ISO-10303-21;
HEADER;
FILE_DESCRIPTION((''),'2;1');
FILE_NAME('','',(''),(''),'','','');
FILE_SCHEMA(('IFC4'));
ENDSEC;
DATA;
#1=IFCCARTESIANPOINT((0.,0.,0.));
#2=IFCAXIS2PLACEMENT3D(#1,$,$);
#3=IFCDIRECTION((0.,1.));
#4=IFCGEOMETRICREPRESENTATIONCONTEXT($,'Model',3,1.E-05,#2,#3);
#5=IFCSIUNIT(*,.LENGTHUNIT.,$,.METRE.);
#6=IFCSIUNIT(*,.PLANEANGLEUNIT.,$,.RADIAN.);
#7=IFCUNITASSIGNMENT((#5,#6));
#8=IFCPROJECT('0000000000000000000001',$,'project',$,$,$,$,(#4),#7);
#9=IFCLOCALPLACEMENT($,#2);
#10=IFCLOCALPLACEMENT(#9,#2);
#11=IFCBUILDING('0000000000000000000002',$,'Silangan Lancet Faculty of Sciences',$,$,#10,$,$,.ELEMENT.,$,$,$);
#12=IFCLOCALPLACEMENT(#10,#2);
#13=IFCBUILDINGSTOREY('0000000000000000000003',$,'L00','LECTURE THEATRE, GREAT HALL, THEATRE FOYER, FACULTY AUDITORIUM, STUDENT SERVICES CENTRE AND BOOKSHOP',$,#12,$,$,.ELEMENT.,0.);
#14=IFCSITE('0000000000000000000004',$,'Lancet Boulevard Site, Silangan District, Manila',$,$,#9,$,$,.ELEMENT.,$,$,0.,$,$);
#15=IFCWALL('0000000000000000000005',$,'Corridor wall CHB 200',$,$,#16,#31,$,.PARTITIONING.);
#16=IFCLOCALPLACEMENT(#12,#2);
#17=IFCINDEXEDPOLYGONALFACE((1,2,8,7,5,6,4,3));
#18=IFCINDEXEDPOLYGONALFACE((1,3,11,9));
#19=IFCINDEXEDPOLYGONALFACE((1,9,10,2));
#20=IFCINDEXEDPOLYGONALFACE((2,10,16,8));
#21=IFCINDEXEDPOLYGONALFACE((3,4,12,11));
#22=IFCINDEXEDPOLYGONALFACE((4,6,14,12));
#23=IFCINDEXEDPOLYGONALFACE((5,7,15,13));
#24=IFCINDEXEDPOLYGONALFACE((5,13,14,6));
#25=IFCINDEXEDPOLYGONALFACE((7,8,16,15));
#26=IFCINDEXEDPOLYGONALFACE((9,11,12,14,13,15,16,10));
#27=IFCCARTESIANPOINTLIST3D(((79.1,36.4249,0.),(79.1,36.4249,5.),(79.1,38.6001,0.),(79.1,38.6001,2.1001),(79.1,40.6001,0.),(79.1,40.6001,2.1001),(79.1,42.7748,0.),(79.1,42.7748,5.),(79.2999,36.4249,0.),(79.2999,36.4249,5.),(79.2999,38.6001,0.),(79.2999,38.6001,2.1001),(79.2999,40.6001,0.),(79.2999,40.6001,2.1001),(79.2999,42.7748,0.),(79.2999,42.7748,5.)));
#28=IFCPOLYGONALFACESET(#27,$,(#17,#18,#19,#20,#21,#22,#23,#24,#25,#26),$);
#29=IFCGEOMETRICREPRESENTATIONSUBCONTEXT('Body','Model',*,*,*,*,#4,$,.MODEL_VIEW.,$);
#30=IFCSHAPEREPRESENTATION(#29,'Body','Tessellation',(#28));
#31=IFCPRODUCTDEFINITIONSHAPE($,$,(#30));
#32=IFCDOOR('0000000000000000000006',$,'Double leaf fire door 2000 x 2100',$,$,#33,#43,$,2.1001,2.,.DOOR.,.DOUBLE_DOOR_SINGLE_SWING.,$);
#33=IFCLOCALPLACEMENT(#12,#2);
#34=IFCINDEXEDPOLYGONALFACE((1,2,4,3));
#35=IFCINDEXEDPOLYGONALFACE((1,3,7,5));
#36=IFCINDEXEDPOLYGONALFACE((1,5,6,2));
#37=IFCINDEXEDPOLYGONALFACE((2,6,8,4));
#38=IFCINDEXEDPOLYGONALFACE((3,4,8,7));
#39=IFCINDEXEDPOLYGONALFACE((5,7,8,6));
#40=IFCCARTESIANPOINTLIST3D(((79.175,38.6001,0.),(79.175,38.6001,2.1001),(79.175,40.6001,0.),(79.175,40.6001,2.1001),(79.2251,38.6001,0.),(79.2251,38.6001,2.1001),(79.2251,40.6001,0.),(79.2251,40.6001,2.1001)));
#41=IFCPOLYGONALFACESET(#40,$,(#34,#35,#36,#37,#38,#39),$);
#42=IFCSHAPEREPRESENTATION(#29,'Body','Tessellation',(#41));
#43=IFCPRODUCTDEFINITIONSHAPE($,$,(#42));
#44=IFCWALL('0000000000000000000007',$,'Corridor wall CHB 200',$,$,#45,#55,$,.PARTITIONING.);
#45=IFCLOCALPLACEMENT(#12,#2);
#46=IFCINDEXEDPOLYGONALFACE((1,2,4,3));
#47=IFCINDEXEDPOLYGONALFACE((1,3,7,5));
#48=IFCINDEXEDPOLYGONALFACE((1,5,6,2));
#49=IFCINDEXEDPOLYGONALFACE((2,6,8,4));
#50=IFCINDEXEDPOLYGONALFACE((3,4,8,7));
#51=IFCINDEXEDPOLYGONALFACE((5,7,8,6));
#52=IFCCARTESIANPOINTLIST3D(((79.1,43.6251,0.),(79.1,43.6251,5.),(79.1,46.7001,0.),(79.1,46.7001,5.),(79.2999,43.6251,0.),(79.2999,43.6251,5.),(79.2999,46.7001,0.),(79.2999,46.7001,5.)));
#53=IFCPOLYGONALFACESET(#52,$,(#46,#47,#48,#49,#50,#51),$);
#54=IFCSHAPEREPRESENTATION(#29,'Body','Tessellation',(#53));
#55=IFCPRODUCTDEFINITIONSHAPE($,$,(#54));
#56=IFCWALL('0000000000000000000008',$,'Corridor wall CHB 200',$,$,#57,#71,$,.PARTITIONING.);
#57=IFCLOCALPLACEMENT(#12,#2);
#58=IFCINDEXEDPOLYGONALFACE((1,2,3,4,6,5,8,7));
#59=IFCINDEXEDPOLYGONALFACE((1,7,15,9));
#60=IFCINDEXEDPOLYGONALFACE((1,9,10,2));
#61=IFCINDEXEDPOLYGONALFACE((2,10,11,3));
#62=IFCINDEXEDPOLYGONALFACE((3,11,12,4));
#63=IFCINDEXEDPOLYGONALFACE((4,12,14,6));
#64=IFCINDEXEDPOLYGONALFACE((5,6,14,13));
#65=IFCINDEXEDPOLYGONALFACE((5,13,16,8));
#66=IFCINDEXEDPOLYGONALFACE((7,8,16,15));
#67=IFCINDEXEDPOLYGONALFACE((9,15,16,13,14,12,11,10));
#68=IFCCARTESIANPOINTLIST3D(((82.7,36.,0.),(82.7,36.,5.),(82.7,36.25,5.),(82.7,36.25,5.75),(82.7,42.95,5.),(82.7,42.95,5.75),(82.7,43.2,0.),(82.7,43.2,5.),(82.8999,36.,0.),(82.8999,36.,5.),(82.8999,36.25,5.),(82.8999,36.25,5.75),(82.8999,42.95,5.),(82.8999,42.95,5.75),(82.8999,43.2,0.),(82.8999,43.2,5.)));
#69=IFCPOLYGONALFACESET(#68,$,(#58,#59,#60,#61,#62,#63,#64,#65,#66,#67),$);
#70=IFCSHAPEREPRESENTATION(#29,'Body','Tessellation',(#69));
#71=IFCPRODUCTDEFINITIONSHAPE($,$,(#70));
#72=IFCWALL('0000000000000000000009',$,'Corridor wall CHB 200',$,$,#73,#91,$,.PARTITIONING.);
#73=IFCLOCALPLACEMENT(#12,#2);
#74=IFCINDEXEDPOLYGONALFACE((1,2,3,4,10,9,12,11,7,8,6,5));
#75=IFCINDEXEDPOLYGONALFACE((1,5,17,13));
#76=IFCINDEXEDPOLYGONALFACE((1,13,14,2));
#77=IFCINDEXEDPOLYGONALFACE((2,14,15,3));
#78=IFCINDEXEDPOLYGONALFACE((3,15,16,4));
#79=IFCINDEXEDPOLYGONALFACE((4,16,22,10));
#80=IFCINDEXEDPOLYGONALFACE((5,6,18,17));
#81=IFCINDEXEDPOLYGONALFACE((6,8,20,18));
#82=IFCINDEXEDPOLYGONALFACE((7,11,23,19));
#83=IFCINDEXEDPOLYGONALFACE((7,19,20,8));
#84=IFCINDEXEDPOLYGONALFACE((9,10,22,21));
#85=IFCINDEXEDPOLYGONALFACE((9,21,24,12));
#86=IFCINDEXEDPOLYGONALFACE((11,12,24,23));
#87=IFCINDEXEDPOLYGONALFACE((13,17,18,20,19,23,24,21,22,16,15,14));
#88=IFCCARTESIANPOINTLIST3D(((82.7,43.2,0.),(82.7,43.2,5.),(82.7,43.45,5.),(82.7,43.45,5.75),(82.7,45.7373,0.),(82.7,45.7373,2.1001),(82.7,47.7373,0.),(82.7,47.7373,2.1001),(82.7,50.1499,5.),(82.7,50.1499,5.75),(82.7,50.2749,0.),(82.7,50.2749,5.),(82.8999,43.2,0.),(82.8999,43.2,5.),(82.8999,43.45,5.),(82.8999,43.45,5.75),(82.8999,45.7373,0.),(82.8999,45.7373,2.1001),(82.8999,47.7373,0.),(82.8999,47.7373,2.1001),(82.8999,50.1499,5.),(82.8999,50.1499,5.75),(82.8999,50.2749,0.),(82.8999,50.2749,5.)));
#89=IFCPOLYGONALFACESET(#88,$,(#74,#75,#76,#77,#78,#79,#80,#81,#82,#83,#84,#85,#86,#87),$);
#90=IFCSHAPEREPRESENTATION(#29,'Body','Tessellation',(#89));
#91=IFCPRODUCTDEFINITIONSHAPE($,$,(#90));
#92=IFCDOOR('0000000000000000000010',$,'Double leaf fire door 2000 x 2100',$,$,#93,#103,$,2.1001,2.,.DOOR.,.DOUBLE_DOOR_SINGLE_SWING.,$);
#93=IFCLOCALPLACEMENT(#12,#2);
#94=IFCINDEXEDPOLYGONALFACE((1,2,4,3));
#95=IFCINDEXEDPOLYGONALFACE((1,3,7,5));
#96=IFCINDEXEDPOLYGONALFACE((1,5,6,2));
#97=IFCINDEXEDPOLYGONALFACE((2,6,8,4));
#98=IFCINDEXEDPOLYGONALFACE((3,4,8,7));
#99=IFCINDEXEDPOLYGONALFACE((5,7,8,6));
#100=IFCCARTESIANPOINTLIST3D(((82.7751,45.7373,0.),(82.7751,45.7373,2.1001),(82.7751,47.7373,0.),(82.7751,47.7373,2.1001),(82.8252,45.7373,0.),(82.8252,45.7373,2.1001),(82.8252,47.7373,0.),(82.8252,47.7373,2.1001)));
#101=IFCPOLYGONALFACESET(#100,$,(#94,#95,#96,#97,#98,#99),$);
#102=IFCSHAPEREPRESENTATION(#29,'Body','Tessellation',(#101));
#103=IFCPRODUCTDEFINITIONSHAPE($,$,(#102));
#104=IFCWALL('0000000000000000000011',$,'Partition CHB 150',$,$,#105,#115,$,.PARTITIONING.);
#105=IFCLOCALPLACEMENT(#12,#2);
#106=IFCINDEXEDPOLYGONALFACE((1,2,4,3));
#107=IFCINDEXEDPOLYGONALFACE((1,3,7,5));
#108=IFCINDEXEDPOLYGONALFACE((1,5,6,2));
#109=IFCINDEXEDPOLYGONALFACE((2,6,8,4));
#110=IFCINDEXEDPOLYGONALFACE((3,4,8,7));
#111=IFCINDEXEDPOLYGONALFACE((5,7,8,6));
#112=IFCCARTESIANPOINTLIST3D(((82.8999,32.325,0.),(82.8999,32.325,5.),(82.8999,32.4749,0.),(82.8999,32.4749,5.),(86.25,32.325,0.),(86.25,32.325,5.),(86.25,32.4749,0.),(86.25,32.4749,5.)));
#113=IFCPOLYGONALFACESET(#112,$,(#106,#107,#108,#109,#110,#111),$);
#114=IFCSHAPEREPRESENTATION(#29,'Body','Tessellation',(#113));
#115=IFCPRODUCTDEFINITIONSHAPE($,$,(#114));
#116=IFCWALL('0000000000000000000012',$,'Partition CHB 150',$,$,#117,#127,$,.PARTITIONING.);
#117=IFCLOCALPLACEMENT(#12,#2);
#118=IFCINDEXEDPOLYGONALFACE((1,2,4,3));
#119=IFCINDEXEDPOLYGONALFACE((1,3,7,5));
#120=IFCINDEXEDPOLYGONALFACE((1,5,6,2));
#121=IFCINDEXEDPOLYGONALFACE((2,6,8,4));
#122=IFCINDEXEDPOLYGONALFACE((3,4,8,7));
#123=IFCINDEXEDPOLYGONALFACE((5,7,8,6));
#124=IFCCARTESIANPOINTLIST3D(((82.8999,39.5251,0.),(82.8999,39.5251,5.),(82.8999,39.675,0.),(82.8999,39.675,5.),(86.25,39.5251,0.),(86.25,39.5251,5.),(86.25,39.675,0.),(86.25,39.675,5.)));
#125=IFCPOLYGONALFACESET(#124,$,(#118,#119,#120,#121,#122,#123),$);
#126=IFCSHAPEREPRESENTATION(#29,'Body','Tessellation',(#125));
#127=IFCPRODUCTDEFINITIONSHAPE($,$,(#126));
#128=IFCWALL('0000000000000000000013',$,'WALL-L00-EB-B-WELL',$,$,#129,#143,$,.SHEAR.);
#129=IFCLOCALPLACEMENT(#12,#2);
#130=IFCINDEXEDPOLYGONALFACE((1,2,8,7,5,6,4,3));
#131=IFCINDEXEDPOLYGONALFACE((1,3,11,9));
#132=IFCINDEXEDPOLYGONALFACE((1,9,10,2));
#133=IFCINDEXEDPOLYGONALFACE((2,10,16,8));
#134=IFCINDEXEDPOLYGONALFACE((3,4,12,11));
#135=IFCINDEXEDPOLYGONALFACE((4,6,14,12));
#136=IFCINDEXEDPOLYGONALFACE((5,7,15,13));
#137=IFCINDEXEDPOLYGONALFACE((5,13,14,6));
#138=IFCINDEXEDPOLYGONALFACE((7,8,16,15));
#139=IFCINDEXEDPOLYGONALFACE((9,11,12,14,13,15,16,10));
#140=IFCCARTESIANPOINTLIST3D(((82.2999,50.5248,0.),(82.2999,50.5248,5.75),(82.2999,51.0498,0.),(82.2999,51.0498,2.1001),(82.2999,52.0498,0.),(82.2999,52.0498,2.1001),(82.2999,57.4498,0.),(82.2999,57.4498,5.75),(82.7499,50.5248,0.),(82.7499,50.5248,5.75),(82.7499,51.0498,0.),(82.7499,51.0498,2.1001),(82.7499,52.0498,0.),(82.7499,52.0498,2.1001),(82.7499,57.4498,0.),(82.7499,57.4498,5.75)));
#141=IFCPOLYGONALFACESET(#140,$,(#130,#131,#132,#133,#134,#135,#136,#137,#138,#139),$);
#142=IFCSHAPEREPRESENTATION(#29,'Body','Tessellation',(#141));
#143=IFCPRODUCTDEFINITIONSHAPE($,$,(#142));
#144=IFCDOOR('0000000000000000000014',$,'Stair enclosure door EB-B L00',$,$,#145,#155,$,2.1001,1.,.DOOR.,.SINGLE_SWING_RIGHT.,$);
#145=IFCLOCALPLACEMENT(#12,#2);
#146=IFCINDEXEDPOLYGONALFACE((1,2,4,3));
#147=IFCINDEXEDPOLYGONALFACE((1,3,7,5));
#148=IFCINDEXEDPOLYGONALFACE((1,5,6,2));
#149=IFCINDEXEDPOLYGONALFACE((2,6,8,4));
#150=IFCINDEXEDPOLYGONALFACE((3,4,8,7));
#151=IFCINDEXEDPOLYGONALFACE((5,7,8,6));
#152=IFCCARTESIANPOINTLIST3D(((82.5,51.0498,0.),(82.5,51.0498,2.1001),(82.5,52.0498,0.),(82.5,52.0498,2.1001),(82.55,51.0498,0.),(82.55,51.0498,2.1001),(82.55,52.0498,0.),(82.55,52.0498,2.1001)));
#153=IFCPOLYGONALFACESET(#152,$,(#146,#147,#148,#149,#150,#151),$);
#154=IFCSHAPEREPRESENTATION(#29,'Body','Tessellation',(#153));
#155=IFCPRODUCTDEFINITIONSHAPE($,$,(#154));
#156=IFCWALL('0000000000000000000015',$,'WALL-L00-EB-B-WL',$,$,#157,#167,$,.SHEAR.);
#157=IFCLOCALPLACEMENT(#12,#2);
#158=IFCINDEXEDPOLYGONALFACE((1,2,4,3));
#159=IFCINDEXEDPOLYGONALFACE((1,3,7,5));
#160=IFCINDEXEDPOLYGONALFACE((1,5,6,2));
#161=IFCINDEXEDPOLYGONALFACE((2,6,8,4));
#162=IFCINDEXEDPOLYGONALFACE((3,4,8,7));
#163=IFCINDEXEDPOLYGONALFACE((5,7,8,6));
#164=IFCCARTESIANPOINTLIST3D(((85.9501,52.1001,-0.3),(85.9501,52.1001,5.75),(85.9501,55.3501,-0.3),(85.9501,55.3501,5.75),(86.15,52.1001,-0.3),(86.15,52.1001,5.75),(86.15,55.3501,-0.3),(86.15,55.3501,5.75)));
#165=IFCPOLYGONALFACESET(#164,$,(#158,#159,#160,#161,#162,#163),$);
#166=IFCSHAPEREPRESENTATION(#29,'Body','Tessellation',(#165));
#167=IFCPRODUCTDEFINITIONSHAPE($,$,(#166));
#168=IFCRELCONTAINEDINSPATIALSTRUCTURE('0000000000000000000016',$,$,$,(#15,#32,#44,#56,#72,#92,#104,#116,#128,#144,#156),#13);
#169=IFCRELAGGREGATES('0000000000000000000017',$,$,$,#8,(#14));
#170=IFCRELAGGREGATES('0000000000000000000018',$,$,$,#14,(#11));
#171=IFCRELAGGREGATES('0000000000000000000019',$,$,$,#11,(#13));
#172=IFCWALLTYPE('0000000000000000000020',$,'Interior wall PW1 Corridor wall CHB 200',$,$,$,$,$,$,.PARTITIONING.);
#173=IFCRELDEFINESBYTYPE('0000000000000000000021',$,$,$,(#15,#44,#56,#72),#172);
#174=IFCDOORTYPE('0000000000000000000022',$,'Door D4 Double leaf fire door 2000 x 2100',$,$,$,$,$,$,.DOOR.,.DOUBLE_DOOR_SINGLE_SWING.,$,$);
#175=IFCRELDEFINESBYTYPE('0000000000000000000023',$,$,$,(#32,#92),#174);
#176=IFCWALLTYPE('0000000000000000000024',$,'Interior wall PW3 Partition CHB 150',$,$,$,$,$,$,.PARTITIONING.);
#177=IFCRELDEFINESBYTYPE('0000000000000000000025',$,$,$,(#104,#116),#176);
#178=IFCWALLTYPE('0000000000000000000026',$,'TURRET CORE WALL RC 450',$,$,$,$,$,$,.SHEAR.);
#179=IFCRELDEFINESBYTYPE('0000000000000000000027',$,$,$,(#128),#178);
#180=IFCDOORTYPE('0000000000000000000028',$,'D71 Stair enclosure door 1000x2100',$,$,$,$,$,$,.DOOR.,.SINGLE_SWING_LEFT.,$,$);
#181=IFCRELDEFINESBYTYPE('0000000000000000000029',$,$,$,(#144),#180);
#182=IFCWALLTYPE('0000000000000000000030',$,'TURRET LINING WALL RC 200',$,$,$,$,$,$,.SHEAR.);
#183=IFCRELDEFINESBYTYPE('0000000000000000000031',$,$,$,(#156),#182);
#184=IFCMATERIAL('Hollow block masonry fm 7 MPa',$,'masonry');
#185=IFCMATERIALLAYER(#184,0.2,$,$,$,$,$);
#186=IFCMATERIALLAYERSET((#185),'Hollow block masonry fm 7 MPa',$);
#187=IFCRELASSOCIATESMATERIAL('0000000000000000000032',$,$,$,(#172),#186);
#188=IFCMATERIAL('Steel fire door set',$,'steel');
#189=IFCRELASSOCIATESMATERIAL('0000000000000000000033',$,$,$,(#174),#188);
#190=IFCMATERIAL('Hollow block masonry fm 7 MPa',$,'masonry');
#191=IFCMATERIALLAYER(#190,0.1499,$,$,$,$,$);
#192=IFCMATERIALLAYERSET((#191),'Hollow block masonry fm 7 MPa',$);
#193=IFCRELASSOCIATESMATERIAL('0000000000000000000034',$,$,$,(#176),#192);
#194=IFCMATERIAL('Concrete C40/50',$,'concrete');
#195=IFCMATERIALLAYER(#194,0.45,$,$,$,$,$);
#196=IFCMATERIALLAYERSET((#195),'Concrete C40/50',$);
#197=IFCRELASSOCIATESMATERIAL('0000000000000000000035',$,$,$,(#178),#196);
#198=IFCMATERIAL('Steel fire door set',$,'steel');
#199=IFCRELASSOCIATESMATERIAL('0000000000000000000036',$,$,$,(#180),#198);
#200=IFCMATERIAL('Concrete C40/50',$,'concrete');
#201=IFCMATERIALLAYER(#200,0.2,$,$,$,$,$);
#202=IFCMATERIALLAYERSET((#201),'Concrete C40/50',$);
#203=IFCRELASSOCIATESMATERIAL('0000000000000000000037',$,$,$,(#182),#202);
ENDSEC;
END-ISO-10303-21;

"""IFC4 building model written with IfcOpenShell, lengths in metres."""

from ifc_helpers import new_model, si_unit, direction, frame, frame_2d, origin, place, context, subcontext, project, spatial, polyline, rectangle, outline, extrude, material, layer, layer_set, type_object, element, fill, save


model = new_model("IFC4")

# Units and contexts
model_context = context("Model", 3, precision=1e-05, world=origin(), true_north=direction((0.0, 1.0)))
body_context = subcontext(model_context, "Body", "Model", "MODEL_VIEW")
ifc_project = project(units=[si_unit("LENGTHUNIT", "METRE"), si_unit("PLANEANGLEUNIT", "RADIAN")], contexts=[model_context])

# Site, building, storey
site_placement = place(None, origin())
site = spatial("IfcSite", under=ifc_project, at=site_placement, Name="Lancet Boulevard Site, Silangan District, Manila", CompositionType="ELEMENT", RefElevation=0.0)
building_placement = place(site_placement, origin())
building = spatial("IfcBuilding", under=site, at=building_placement, Name="Silangan Lancet Faculty of Sciences", CompositionType="ELEMENT")
storey_placement = place(building_placement, origin())
storey = spatial("IfcBuildingStorey", under=building, at=storey_placement, Name="L00", Description="LECTURE THEATRE, GREAT HALL, THEATRE FOYER, FACULTY AUDITORIUM, STUDENT SERVICES CENTRE AND BOOKSHOP", CompositionType="ELEMENT", Elevation=0.0)

# Wall, opening, door
ifc_material_1 = material(Name="Hollow block masonry fm 7 MPa", Category="masonry")
ifc_layer_1 = layer(ifc_material_1, 0.2)
ifc_layer_set_1 = layer_set([ifc_layer_1], Name="Hollow block masonry fm 7 MPa")
wall_type_1 = type_object("IfcWallType", Name="Interior wall PW1 Corridor wall CHB 200", PredefinedType="PARTITIONING", material=ifc_layer_set_1)
wall_1_placement = place(storey_placement, frame((79.2, 36.425, 0.0), z_axis=(0.0, 0.0, 1.0), x_axis=(0.0, 1.0, 0.0)))
wall_1 = element("IfcWall", 1, at=wall_1_placement, inside=storey, type_object=wall_type_1, Name="Corridor wall CHB 200", PredefinedType="PARTITIONING", context=body_context, shape_type="SweptSolid", body=[
    extrude(rectangle(XDim=6.3499, YDim=0.2, at=frame_2d((3.1748, 0.0))), origin(), (0.0, 0.0, 1.0), 5.0),
])
opening_1_placement = place(wall_1_placement, frame((2.175, 0.0, 0.0)))
opening_1 = element("IfcOpeningElement", 2, at=opening_1_placement, cuts=wall_1, PredefinedType="OPENING", context=body_context, shape_type="SweptSolid", body=[
    extrude(rectangle(XDim=2.0, YDim=2.1001, at=frame_2d((1.0, 1.05))), frame((0.0, 0.1099, 0.0), z_axis=(0.0, -1.0, 0.0), x_axis=(1.0, 0.0, 0.0)), (0.0, 0.0, 1.0), 0.22),
])
ifc_material_2 = material(Name="Steel fire door set", Category="steel")
door_type_1 = type_object("IfcDoorType", Name="Door D4 Double leaf fire door 2000 x 2100", OperationType="DOUBLE_DOOR_SINGLE_SWING", PredefinedType="DOOR", material=ifc_material_2)
door_1_placement = place(opening_1_placement, origin())
door_1 = element("IfcDoor", 3, at=door_1_placement, inside=storey, type_object=door_type_1, Name="Double leaf fire door 2000 x 2100", OperationType="DOUBLE_DOOR_SINGLE_SWING", OverallHeight=2.1001, OverallWidth=2.0, PredefinedType="DOOR", context=body_context, shape_type="SweptSolid", body=[
    extrude(rectangle(XDim=2.0, YDim=2.1001, at=frame_2d((1.0, 1.05))), frame((0.0, 0.0249, 0.0), z_axis=(0.0, -1.0, 0.0), x_axis=(1.0, 0.0, 0.0)), (0.0, 0.0, 1.0), 0.05),
])
fill(opening_1, door_1)

# Walls
wall_2_placement = place(storey_placement, frame((79.2, 43.625, 0.0), z_axis=(0.0, 0.0, 1.0), x_axis=(0.0, 1.0, 0.0)))
element("IfcWall", 4, at=wall_2_placement, inside=storey, type_object=wall_type_1, Name="Corridor wall CHB 200", PredefinedType="PARTITIONING", context=body_context, shape_type="SweptSolid", body=[
    extrude(rectangle(XDim=3.075, YDim=0.2, at=frame_2d((1.5376, 0.0))), origin(), (0.0, 0.0, 1.0), 5.0),
])
wall_3_placement = place(storey_placement, frame((82.8, 36.0, 0.0), z_axis=(0.0, 0.0, 1.0), x_axis=(0.0, 1.0, 0.0)))
element("IfcWall", 5, at=wall_3_placement, inside=storey, type_object=wall_type_1, Name="Corridor wall CHB 200", PredefinedType="PARTITIONING", context=body_context, shape_type="SweptSolid", body=[
    extrude(outline(polyline([(0.0, 0.0), (7.2, 0.0), (7.2, 5.0), (6.95, 5.0), (6.95, 5.75), (0.25, 5.75), (0.25, 5.0), (0.0, 5.0), (0.0, 0.0)])), frame((0.0, 0.1001, 0.0), z_axis=(0.0, -1.0, 0.0), x_axis=(1.0, 0.0, 0.0)), (0.0, 0.0, 1.0), 0.2),
])

# Wall, opening, door
wall_4_placement = place(storey_placement, frame((82.8, 43.2, 0.0), z_axis=(0.0, 0.0, 1.0), x_axis=(0.0, 1.0, 0.0)))
wall_4 = element("IfcWall", 6, at=wall_4_placement, inside=storey, type_object=wall_type_1, Name="Corridor wall CHB 200", PredefinedType="PARTITIONING", context=body_context, shape_type="SweptSolid", body=[
    extrude(outline(polyline([(0.0, 0.0), (7.075, 0.0), (7.075, 5.0), (6.95, 5.0), (6.95, 5.75), (0.25, 5.75), (0.25, 5.0), (0.0, 5.0), (0.0, 0.0)])), frame((0.0, 0.1001, 0.0), z_axis=(0.0, -1.0, 0.0), x_axis=(1.0, 0.0, 0.0)), (0.0, 0.0, 1.0), 0.2),
])
opening_2_placement = place(wall_4_placement, frame((2.5374, 0.0, 0.0)))
opening_2 = element("IfcOpeningElement", 7, at=opening_2_placement, cuts=wall_4, PredefinedType="OPENING", context=body_context, shape_type="SweptSolid", body=[
    extrude(rectangle(XDim=2.0, YDim=2.1001, at=frame_2d((1.0, 1.05))), frame((0.0, 0.1099, 0.0), z_axis=(0.0, -1.0, 0.0), x_axis=(1.0, 0.0, 0.0)), (0.0, 0.0, 1.0), 0.22),
])
door_2_placement = place(opening_2_placement, origin())
door_2 = element("IfcDoor", 8, at=door_2_placement, inside=storey, type_object=door_type_1, Name="Double leaf fire door 2000 x 2100", OperationType="DOUBLE_DOOR_SINGLE_SWING", OverallHeight=2.1001, OverallWidth=2.0, PredefinedType="DOOR", context=body_context, shape_type="SweptSolid", body=[
    extrude(rectangle(XDim=2.0, YDim=2.1001, at=frame_2d((1.0, 1.05))), frame((0.0, 0.0249, 0.0), z_axis=(0.0, -1.0, 0.0), x_axis=(1.0, 0.0, 0.0)), (0.0, 0.0, 1.0), 0.05),
])
fill(opening_2, door_2)

# Walls
ifc_material_3 = material(Name="Hollow block masonry fm 7 MPa", Category="masonry")
ifc_layer_2 = layer(ifc_material_3, 0.1499)
ifc_layer_set_2 = layer_set([ifc_layer_2], Name="Hollow block masonry fm 7 MPa")
wall_type_2 = type_object("IfcWallType", Name="Interior wall PW3 Partition CHB 150", PredefinedType="PARTITIONING", material=ifc_layer_set_2)
for number, where, z_axis, x_axis, name in (
    (9, (82.8999, 32.3999, 0.0), (0.0, 0.0, 1.0), (1.0, 0.0, 0.0), "Partition CHB 150"),
    (10, (82.8999, 39.6001, 0.0), (0.0, 0.0, 1.0), (1.0, 0.0, 0.0), "Partition CHB 150"),
):
    element("IfcWall", number, at=place(storey_placement, frame(where, z_axis=z_axis, x_axis=x_axis)), inside=storey, type_object=wall_type_2, Name=name, PredefinedType="PARTITIONING", context=body_context, shape_type="SweptSolid", body=[
        extrude(rectangle(XDim=3.3501, YDim=0.1499, at=frame_2d((1.675, 0.0))), origin(), (0.0, 0.0, 1.0), 5.0),
    ])

# Wall, opening, door
ifc_material_4 = material(Name="Concrete C40/50", Category="concrete")
ifc_layer_3 = layer(ifc_material_4, 0.45)
ifc_layer_set_3 = layer_set([ifc_layer_3], Name="Concrete C40/50")
wall_type_3 = type_object("IfcWallType", Name="TURRET CORE WALL RC 450", PredefinedType="SHEAR", material=ifc_layer_set_3)
wall_5_placement = place(storey_placement, frame((82.5249, 50.5249, 0.0), z_axis=(0.0, 0.0, 1.0), x_axis=(0.0, 1.0, 0.0)))
wall_5 = element("IfcWall", 11, at=wall_5_placement, inside=storey, type_object=wall_type_3, Name="WALL-L00-EB-B-WELL", PredefinedType="SHEAR", context=body_context, shape_type="SweptSolid", body=[
    extrude(rectangle(XDim=6.925, YDim=0.45, at=frame_2d((3.4624, 0.0))), origin(), (0.0, 0.0, 1.0), 5.75),
])
opening_3_placement = place(wall_5_placement, frame((0.5249, 0.0, 0.0)))
opening_3 = element("IfcOpeningElement", 12, at=opening_3_placement, cuts=wall_5, PredefinedType="OPENING", context=body_context, shape_type="SweptSolid", body=[
    extrude(rectangle(XDim=1.0, YDim=2.1001, at=frame_2d((0.5, 1.05))), frame((0.0, 0.2349, 0.0), z_axis=(0.0, -1.0, 0.0), x_axis=(1.0, 0.0, 0.0)), (0.0, 0.0, 1.0), 0.47),
])
ifc_material_5 = material(Name="Steel fire door set", Category="steel")
door_type_2 = type_object("IfcDoorType", Name="D71 Stair enclosure door 1000x2100", OperationType="SINGLE_SWING_LEFT", PredefinedType="DOOR", material=ifc_material_5)
door_3_placement = place(opening_3_placement, frame((1.0, 0.0, 0.0), z_axis=(0.0, 0.0, 1.0), x_axis=(-1.0, 0.0, 0.0)))
door_3 = element("IfcDoor", 13, at=door_3_placement, inside=storey, type_object=door_type_2, Name="Stair enclosure door EB-B L00", OperationType="SINGLE_SWING_RIGHT", OverallHeight=2.1001, OverallWidth=1.0, PredefinedType="DOOR", context=body_context, shape_type="SweptSolid", body=[
    extrude(rectangle(XDim=1.0, YDim=2.1001, at=frame_2d((0.5, 1.05))), frame((0.0, 0.0251, 0.0), z_axis=(0.0, -1.0, 0.0), x_axis=(1.0, 0.0, 0.0)), (0.0, 0.0, 1.0), 0.05),
])
fill(opening_3, door_3)

# Wall
ifc_material_6 = material(Name="Concrete C40/50", Category="concrete")
ifc_layer_4 = layer(ifc_material_6, 0.2)
ifc_layer_set_4 = layer_set([ifc_layer_4], Name="Concrete C40/50")
wall_type_4 = type_object("IfcWallType", Name="TURRET LINING WALL RC 200", PredefinedType="SHEAR", material=ifc_layer_set_4)
wall_6_placement = place(storey_placement, frame((86.05, 52.1001, -0.3), z_axis=(0.0, 0.0, 1.0), x_axis=(0.0, 1.0, 0.0)))
element("IfcWall", 14, at=wall_6_placement, inside=storey, type_object=wall_type_4, Name="WALL-L00-EB-B-WL", PredefinedType="SHEAR", context=body_context, shape_type="SweptSolid", body=[
    extrude(rectangle(XDim=3.25, YDim=0.2, at=frame_2d((1.625, 0.0))), origin(), (0.0, 0.0, 1.0), 6.05),
])

save(model, "model.ifc")
